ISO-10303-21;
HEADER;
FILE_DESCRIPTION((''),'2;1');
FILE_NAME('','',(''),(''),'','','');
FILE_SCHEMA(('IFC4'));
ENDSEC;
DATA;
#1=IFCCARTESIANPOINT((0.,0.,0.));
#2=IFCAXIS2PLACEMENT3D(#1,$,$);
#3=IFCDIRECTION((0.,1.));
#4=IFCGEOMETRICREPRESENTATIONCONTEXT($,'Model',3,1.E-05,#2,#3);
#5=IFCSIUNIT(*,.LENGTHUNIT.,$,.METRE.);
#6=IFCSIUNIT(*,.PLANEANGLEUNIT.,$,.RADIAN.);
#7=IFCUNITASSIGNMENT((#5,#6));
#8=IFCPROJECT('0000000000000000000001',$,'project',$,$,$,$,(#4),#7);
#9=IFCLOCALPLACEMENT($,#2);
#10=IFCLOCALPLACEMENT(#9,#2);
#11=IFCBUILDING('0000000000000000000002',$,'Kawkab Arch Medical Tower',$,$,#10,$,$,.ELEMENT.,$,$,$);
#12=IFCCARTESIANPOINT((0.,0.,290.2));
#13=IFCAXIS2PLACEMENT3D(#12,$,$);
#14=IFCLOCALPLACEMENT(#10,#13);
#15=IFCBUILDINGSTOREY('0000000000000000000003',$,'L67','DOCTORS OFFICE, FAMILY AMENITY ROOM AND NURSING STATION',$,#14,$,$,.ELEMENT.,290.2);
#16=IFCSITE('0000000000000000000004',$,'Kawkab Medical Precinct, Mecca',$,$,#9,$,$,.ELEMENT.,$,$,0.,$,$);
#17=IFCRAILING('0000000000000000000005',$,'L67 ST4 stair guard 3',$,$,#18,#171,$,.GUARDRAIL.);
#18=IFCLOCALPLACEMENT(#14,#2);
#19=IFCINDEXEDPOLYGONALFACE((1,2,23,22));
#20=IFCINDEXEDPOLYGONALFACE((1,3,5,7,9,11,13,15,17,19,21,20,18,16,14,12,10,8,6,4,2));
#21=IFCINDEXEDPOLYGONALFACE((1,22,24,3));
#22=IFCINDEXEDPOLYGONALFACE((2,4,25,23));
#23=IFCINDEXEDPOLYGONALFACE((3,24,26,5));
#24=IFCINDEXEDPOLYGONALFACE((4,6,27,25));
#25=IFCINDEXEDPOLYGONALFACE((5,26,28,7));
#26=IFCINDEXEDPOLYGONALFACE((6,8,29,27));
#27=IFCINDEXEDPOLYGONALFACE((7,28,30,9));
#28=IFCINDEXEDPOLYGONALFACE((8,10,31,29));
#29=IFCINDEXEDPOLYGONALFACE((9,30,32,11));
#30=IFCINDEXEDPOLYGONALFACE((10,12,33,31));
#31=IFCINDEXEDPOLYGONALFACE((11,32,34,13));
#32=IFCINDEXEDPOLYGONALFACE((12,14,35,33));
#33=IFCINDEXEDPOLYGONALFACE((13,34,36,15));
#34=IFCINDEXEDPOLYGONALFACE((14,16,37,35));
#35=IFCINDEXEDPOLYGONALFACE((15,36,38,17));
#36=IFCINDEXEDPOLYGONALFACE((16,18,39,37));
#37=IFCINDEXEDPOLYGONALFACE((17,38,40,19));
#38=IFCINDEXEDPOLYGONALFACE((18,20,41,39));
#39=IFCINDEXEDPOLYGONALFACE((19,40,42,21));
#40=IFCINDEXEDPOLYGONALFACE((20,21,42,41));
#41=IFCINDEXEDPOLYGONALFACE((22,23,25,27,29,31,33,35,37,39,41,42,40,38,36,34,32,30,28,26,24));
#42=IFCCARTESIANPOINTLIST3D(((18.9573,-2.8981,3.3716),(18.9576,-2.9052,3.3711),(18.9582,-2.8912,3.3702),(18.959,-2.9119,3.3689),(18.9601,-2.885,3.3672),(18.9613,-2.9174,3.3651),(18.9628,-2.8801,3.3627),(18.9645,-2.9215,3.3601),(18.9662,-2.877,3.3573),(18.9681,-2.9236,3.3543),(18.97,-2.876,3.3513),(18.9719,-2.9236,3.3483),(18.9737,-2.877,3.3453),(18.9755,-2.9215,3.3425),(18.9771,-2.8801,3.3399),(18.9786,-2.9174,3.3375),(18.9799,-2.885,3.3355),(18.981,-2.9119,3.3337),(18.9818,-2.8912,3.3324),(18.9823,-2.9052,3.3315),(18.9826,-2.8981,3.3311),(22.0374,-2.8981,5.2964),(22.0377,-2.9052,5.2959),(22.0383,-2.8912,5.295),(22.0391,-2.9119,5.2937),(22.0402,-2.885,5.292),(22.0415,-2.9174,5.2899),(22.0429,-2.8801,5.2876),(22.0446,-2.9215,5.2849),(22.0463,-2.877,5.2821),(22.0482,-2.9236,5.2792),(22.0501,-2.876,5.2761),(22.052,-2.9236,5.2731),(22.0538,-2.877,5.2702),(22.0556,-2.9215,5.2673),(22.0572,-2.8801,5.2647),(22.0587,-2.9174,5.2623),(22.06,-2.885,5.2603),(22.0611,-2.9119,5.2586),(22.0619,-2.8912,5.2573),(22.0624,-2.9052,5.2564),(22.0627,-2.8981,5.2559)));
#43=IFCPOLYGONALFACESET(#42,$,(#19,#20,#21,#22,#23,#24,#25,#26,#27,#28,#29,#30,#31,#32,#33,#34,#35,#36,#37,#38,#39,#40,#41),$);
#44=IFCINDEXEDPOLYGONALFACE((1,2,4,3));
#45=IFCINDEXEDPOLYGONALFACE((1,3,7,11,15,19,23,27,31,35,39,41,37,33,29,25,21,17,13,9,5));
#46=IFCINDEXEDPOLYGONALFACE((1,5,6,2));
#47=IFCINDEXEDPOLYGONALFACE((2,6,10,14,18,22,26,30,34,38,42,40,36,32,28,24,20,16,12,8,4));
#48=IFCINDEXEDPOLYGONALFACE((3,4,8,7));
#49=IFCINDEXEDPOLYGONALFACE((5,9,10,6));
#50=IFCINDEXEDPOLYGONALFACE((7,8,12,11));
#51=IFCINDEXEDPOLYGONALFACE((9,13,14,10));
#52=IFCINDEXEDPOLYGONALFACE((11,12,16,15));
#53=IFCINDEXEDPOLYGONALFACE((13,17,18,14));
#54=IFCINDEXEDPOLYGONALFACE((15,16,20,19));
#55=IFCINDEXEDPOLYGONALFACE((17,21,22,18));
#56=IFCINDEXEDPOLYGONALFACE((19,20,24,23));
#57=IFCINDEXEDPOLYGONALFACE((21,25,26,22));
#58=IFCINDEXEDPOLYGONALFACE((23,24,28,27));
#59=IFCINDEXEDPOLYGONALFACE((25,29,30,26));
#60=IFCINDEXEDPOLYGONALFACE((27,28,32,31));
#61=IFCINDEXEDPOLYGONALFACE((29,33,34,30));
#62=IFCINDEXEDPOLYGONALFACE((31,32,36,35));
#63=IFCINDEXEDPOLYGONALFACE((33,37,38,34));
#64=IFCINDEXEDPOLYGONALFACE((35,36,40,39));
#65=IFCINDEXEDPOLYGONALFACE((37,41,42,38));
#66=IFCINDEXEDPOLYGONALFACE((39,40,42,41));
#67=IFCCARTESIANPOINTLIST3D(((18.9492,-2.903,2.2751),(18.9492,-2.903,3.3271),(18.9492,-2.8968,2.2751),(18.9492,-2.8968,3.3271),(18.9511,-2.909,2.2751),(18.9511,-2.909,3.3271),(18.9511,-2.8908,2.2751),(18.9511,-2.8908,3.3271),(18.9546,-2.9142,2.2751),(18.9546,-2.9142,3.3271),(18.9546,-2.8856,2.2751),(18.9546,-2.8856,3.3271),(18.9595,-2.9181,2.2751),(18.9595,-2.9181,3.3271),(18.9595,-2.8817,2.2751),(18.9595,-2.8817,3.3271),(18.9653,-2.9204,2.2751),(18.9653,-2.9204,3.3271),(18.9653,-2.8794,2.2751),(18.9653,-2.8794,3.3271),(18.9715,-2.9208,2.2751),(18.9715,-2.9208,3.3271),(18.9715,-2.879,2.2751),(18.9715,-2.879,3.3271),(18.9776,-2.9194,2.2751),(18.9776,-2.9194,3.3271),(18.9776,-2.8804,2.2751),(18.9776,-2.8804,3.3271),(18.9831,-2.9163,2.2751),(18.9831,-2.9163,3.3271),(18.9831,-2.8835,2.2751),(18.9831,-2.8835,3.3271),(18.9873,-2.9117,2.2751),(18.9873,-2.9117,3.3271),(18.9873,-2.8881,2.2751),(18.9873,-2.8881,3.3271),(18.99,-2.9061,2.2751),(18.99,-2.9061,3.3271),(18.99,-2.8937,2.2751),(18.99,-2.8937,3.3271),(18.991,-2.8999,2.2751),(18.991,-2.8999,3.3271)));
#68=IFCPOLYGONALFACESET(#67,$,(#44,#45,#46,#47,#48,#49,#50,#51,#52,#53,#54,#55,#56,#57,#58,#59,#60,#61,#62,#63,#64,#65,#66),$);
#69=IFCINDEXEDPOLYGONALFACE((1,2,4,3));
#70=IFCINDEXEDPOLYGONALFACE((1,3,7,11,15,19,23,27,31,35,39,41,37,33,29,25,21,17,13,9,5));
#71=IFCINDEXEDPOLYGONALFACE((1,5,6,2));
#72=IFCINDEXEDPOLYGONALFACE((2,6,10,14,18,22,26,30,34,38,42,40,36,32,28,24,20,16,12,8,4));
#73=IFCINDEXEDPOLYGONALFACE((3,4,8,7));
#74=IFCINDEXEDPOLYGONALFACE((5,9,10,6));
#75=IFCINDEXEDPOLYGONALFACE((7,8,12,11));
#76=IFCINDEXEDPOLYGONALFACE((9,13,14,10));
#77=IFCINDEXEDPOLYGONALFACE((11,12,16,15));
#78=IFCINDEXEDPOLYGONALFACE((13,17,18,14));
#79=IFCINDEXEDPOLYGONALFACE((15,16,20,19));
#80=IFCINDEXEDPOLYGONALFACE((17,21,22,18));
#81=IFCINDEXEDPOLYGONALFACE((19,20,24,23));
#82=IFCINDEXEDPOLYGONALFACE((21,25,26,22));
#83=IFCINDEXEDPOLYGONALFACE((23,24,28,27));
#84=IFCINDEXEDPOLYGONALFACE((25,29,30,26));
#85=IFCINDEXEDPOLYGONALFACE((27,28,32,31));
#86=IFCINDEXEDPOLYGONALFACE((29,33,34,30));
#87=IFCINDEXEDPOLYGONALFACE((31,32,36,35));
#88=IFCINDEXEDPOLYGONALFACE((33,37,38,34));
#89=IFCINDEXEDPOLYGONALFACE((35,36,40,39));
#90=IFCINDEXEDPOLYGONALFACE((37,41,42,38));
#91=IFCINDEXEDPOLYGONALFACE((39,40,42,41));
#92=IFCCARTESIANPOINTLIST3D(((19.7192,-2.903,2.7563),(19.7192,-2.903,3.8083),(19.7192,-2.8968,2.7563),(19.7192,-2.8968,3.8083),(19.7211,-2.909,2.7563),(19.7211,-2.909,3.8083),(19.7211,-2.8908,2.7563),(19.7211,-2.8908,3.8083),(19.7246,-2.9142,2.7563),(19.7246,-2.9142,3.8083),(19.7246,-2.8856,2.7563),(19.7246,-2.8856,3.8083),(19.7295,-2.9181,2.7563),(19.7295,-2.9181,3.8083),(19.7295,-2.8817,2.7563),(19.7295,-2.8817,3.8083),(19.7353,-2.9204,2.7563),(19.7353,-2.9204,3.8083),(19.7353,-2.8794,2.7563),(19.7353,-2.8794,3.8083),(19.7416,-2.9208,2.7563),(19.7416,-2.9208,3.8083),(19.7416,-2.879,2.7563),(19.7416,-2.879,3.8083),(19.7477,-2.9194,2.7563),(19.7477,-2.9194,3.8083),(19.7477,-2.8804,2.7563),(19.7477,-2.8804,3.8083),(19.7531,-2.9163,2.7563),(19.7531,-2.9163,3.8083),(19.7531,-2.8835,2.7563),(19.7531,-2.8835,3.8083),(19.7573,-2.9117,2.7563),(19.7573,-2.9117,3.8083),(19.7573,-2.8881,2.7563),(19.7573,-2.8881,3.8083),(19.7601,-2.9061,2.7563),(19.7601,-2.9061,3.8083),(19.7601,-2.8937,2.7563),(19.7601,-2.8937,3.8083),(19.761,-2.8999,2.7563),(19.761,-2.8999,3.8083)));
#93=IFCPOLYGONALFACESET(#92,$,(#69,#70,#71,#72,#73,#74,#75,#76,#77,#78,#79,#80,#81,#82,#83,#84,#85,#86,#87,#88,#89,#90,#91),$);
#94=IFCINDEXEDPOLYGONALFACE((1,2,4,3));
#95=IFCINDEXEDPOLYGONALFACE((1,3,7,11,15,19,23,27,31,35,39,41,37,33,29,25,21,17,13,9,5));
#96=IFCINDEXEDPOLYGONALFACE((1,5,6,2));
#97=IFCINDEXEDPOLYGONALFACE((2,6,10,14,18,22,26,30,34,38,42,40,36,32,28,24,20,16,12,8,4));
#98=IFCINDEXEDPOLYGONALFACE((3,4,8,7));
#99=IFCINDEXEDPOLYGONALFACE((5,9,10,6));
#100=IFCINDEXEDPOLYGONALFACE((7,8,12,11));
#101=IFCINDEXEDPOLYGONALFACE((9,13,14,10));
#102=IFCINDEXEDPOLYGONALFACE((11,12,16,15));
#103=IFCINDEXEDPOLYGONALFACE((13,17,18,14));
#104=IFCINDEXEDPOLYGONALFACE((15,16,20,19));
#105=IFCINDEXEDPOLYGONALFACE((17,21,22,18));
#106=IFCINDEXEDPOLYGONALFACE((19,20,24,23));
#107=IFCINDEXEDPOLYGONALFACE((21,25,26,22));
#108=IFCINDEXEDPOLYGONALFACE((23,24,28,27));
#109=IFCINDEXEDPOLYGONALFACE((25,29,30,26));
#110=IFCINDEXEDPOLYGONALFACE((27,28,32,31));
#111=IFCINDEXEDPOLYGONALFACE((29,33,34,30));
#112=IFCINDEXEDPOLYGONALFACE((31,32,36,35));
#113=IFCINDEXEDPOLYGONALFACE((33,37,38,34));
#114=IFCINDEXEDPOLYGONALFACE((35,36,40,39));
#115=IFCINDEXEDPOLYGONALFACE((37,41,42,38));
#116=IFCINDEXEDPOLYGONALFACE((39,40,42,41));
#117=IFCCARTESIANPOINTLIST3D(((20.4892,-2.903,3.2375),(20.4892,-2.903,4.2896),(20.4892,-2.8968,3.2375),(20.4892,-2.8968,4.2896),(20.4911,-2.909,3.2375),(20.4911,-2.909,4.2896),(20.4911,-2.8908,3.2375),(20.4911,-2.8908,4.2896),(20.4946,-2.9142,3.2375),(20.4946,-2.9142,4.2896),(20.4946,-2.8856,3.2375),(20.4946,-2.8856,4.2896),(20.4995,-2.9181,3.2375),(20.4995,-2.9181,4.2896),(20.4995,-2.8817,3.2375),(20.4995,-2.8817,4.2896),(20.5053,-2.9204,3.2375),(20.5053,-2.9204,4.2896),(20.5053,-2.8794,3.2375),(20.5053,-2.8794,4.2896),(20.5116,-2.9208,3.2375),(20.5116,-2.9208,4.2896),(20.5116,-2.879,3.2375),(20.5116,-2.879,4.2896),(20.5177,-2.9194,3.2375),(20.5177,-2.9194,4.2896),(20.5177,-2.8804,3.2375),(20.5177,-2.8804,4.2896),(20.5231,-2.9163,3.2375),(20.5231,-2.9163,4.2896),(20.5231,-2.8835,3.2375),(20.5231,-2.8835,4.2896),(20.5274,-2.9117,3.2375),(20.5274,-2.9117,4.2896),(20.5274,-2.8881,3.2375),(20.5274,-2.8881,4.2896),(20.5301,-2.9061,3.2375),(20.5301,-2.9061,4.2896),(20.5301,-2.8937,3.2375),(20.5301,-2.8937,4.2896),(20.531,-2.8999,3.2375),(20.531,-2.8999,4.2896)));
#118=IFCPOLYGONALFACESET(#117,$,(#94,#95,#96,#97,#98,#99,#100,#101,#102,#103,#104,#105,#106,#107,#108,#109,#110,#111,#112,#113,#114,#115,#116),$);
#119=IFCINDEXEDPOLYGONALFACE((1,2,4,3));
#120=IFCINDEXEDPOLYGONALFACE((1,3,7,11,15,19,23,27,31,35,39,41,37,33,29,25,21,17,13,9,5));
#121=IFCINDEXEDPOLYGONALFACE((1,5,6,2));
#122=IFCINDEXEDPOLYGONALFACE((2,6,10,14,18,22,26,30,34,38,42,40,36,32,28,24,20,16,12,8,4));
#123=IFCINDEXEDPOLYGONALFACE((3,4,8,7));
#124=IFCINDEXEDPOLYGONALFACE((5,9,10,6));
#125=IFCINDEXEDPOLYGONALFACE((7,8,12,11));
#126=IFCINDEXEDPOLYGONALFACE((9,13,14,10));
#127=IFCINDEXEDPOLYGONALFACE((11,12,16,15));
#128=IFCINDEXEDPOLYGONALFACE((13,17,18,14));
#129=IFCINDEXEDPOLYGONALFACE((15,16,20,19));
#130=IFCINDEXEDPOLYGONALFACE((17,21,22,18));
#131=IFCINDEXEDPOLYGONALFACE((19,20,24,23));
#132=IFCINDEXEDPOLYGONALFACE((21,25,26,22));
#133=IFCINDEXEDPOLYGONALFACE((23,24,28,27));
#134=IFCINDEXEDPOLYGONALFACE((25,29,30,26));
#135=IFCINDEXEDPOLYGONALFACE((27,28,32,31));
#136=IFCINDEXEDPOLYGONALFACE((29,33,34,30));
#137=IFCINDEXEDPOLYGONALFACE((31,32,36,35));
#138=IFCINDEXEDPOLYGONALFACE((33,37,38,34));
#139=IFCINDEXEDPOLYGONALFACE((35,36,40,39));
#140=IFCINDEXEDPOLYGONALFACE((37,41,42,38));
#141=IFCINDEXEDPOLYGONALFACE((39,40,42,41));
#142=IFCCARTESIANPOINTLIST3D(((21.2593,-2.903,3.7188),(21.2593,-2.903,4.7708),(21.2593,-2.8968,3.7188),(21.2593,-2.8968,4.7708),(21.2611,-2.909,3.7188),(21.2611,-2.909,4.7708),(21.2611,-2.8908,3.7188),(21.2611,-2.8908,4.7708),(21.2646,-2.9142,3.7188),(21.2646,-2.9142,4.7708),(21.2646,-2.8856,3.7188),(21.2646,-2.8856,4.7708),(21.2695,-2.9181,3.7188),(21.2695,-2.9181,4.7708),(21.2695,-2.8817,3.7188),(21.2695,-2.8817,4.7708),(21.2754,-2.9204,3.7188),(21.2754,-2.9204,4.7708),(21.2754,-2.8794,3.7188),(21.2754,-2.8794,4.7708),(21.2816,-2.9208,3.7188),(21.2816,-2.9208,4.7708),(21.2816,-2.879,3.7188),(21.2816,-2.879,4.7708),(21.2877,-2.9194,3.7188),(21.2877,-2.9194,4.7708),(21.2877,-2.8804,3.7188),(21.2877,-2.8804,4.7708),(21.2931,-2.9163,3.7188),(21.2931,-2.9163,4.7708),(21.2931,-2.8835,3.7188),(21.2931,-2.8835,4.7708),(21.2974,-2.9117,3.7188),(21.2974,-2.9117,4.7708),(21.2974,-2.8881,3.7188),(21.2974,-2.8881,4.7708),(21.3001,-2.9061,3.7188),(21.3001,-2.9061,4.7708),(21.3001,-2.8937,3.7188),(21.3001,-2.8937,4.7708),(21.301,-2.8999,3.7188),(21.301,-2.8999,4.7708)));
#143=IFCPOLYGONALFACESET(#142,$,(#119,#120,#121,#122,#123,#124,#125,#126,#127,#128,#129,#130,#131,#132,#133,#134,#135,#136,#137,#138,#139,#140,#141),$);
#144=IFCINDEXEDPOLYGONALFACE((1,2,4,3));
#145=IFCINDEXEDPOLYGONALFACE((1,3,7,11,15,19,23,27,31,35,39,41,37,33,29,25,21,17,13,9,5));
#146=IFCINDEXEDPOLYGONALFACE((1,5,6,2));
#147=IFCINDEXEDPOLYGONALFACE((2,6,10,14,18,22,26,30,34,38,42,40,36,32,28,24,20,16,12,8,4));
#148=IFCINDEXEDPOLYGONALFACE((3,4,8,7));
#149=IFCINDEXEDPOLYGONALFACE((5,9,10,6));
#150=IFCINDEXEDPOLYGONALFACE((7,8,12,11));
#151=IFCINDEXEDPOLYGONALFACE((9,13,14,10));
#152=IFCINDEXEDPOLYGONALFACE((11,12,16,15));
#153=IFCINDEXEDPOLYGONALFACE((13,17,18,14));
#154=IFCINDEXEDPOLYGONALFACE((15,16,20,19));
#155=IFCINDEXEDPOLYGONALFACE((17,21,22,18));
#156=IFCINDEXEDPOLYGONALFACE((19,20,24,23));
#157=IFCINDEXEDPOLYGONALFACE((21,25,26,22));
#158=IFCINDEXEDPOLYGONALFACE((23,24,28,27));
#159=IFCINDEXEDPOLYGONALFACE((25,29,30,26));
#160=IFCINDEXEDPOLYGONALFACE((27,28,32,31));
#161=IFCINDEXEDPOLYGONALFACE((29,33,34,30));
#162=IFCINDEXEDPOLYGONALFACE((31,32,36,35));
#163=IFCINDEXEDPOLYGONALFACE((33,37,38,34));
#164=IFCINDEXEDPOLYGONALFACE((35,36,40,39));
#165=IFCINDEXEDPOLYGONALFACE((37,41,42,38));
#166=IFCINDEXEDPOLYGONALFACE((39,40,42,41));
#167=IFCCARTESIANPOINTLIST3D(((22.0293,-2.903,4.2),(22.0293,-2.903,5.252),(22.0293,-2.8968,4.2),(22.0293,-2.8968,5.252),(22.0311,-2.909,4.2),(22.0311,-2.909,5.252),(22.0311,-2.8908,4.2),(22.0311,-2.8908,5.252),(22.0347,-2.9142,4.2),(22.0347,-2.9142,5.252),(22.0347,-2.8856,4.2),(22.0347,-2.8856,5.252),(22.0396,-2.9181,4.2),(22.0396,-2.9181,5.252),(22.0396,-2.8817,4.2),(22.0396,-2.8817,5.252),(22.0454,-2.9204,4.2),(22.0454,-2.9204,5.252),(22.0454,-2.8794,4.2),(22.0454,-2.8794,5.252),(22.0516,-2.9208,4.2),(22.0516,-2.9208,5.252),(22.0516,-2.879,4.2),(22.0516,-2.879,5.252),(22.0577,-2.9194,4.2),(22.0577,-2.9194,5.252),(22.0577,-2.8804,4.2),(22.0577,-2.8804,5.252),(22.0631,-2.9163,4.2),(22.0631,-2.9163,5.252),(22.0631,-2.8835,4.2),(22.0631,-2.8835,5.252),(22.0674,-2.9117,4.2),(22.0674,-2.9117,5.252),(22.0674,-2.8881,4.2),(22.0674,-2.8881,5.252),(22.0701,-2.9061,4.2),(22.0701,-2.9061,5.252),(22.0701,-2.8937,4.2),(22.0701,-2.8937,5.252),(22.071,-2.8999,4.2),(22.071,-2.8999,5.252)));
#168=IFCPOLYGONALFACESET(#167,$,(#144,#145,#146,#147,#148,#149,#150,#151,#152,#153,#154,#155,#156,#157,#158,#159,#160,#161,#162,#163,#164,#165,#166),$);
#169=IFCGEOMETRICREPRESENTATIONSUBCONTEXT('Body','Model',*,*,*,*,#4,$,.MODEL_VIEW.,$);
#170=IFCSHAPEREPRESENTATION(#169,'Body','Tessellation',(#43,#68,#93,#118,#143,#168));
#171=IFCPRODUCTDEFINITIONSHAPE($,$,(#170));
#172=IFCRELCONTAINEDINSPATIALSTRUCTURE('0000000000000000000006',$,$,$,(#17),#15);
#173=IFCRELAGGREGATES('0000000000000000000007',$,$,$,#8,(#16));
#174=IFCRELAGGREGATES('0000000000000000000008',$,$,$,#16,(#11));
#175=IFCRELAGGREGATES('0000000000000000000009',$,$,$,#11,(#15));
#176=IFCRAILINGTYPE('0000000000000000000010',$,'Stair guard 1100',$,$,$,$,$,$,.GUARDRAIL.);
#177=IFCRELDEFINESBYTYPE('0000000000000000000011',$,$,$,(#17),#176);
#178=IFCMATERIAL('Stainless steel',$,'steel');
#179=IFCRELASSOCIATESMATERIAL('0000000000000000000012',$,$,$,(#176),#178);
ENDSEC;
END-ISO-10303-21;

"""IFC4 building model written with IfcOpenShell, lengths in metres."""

from ifc_helpers import new_model, si_unit, direction, frame, origin, origin_2d, place, context, subcontext, project, spatial, circle, extrude, material, type_object, element, save


model = new_model("IFC4")

# Units and contexts
model_context = context("Model", 3, precision=1e-05, world=origin(), true_north=direction((0.0, 1.0)))
body_context = subcontext(model_context, "Body", "Model", "MODEL_VIEW")
ifc_project = project(units=[si_unit("LENGTHUNIT", "METRE"), si_unit("PLANEANGLEUNIT", "RADIAN")], contexts=[model_context])

# Site, building, storey
site_placement = place(None, origin())
site = spatial("IfcSite", under=ifc_project, at=site_placement, Name="Kawkab Medical Precinct, Mecca", CompositionType="ELEMENT", RefElevation=0.0)
building_placement = place(site_placement, origin())
building = spatial("IfcBuilding", under=site, at=building_placement, Name="Kawkab Arch Medical Tower", CompositionType="ELEMENT")
storey_placement = place(building_placement, frame((0.0, 0.0, 290.2)))
storey = spatial("IfcBuildingStorey", under=building, at=storey_placement, Name="L67", Description="DOCTORS OFFICE, FAMILY AMENITY ROOM AND NURSING STATION", CompositionType="ELEMENT", Elevation=290.2)

# Railing
ifc_material_1 = material(Name="Stainless steel", Category="steel")
railing_type = type_object("IfcRailingType", Name="Stair guard 1100", PredefinedType="GUARDRAIL", material=ifc_material_1)
railing_1_placement = place(storey_placement, frame((18.97, -2.8999, 2.2751)))
element("IfcRailing", 1, at=railing_1_placement, inside=storey, type_object=railing_type, Name="L67 ST4 stair guard 3", PredefinedType="GUARDRAIL", context=body_context, shape_type="SweptSolid", body=[
    extrude(circle(Radius=0.0239, at=origin_2d()), frame((0.0, 0.0, 1.0762), z_axis=(0.848029, 0.0, 0.529951), x_axis=(0.0, 1.0, 0.0)), (0.0, 0.0, 1.0), 3.6321),
    extrude(circle(Radius=0.021, at=origin_2d()), origin(), (0.0, 0.0, 1.0), 1.052),
    extrude(circle(Radius=0.021, at=origin_2d()), frame((0.77, 0.0, 0.4812)), (0.0, 0.0, 1.0), 1.052),
    extrude(circle(Radius=0.021, at=origin_2d()), frame((1.54, 0.0, 0.9624)), (0.0, 0.0, 1.0), 1.052),
    extrude(circle(Radius=0.021, at=origin_2d()), frame((2.3101, 0.0, 1.4436)), (0.0, 0.0, 1.0), 1.052),
    extrude(circle(Radius=0.021, at=origin_2d()), frame((3.0801, 0.0, 1.9248)), (0.0, 0.0, 1.0), 1.052),
])

save(model, "model.ifc")
